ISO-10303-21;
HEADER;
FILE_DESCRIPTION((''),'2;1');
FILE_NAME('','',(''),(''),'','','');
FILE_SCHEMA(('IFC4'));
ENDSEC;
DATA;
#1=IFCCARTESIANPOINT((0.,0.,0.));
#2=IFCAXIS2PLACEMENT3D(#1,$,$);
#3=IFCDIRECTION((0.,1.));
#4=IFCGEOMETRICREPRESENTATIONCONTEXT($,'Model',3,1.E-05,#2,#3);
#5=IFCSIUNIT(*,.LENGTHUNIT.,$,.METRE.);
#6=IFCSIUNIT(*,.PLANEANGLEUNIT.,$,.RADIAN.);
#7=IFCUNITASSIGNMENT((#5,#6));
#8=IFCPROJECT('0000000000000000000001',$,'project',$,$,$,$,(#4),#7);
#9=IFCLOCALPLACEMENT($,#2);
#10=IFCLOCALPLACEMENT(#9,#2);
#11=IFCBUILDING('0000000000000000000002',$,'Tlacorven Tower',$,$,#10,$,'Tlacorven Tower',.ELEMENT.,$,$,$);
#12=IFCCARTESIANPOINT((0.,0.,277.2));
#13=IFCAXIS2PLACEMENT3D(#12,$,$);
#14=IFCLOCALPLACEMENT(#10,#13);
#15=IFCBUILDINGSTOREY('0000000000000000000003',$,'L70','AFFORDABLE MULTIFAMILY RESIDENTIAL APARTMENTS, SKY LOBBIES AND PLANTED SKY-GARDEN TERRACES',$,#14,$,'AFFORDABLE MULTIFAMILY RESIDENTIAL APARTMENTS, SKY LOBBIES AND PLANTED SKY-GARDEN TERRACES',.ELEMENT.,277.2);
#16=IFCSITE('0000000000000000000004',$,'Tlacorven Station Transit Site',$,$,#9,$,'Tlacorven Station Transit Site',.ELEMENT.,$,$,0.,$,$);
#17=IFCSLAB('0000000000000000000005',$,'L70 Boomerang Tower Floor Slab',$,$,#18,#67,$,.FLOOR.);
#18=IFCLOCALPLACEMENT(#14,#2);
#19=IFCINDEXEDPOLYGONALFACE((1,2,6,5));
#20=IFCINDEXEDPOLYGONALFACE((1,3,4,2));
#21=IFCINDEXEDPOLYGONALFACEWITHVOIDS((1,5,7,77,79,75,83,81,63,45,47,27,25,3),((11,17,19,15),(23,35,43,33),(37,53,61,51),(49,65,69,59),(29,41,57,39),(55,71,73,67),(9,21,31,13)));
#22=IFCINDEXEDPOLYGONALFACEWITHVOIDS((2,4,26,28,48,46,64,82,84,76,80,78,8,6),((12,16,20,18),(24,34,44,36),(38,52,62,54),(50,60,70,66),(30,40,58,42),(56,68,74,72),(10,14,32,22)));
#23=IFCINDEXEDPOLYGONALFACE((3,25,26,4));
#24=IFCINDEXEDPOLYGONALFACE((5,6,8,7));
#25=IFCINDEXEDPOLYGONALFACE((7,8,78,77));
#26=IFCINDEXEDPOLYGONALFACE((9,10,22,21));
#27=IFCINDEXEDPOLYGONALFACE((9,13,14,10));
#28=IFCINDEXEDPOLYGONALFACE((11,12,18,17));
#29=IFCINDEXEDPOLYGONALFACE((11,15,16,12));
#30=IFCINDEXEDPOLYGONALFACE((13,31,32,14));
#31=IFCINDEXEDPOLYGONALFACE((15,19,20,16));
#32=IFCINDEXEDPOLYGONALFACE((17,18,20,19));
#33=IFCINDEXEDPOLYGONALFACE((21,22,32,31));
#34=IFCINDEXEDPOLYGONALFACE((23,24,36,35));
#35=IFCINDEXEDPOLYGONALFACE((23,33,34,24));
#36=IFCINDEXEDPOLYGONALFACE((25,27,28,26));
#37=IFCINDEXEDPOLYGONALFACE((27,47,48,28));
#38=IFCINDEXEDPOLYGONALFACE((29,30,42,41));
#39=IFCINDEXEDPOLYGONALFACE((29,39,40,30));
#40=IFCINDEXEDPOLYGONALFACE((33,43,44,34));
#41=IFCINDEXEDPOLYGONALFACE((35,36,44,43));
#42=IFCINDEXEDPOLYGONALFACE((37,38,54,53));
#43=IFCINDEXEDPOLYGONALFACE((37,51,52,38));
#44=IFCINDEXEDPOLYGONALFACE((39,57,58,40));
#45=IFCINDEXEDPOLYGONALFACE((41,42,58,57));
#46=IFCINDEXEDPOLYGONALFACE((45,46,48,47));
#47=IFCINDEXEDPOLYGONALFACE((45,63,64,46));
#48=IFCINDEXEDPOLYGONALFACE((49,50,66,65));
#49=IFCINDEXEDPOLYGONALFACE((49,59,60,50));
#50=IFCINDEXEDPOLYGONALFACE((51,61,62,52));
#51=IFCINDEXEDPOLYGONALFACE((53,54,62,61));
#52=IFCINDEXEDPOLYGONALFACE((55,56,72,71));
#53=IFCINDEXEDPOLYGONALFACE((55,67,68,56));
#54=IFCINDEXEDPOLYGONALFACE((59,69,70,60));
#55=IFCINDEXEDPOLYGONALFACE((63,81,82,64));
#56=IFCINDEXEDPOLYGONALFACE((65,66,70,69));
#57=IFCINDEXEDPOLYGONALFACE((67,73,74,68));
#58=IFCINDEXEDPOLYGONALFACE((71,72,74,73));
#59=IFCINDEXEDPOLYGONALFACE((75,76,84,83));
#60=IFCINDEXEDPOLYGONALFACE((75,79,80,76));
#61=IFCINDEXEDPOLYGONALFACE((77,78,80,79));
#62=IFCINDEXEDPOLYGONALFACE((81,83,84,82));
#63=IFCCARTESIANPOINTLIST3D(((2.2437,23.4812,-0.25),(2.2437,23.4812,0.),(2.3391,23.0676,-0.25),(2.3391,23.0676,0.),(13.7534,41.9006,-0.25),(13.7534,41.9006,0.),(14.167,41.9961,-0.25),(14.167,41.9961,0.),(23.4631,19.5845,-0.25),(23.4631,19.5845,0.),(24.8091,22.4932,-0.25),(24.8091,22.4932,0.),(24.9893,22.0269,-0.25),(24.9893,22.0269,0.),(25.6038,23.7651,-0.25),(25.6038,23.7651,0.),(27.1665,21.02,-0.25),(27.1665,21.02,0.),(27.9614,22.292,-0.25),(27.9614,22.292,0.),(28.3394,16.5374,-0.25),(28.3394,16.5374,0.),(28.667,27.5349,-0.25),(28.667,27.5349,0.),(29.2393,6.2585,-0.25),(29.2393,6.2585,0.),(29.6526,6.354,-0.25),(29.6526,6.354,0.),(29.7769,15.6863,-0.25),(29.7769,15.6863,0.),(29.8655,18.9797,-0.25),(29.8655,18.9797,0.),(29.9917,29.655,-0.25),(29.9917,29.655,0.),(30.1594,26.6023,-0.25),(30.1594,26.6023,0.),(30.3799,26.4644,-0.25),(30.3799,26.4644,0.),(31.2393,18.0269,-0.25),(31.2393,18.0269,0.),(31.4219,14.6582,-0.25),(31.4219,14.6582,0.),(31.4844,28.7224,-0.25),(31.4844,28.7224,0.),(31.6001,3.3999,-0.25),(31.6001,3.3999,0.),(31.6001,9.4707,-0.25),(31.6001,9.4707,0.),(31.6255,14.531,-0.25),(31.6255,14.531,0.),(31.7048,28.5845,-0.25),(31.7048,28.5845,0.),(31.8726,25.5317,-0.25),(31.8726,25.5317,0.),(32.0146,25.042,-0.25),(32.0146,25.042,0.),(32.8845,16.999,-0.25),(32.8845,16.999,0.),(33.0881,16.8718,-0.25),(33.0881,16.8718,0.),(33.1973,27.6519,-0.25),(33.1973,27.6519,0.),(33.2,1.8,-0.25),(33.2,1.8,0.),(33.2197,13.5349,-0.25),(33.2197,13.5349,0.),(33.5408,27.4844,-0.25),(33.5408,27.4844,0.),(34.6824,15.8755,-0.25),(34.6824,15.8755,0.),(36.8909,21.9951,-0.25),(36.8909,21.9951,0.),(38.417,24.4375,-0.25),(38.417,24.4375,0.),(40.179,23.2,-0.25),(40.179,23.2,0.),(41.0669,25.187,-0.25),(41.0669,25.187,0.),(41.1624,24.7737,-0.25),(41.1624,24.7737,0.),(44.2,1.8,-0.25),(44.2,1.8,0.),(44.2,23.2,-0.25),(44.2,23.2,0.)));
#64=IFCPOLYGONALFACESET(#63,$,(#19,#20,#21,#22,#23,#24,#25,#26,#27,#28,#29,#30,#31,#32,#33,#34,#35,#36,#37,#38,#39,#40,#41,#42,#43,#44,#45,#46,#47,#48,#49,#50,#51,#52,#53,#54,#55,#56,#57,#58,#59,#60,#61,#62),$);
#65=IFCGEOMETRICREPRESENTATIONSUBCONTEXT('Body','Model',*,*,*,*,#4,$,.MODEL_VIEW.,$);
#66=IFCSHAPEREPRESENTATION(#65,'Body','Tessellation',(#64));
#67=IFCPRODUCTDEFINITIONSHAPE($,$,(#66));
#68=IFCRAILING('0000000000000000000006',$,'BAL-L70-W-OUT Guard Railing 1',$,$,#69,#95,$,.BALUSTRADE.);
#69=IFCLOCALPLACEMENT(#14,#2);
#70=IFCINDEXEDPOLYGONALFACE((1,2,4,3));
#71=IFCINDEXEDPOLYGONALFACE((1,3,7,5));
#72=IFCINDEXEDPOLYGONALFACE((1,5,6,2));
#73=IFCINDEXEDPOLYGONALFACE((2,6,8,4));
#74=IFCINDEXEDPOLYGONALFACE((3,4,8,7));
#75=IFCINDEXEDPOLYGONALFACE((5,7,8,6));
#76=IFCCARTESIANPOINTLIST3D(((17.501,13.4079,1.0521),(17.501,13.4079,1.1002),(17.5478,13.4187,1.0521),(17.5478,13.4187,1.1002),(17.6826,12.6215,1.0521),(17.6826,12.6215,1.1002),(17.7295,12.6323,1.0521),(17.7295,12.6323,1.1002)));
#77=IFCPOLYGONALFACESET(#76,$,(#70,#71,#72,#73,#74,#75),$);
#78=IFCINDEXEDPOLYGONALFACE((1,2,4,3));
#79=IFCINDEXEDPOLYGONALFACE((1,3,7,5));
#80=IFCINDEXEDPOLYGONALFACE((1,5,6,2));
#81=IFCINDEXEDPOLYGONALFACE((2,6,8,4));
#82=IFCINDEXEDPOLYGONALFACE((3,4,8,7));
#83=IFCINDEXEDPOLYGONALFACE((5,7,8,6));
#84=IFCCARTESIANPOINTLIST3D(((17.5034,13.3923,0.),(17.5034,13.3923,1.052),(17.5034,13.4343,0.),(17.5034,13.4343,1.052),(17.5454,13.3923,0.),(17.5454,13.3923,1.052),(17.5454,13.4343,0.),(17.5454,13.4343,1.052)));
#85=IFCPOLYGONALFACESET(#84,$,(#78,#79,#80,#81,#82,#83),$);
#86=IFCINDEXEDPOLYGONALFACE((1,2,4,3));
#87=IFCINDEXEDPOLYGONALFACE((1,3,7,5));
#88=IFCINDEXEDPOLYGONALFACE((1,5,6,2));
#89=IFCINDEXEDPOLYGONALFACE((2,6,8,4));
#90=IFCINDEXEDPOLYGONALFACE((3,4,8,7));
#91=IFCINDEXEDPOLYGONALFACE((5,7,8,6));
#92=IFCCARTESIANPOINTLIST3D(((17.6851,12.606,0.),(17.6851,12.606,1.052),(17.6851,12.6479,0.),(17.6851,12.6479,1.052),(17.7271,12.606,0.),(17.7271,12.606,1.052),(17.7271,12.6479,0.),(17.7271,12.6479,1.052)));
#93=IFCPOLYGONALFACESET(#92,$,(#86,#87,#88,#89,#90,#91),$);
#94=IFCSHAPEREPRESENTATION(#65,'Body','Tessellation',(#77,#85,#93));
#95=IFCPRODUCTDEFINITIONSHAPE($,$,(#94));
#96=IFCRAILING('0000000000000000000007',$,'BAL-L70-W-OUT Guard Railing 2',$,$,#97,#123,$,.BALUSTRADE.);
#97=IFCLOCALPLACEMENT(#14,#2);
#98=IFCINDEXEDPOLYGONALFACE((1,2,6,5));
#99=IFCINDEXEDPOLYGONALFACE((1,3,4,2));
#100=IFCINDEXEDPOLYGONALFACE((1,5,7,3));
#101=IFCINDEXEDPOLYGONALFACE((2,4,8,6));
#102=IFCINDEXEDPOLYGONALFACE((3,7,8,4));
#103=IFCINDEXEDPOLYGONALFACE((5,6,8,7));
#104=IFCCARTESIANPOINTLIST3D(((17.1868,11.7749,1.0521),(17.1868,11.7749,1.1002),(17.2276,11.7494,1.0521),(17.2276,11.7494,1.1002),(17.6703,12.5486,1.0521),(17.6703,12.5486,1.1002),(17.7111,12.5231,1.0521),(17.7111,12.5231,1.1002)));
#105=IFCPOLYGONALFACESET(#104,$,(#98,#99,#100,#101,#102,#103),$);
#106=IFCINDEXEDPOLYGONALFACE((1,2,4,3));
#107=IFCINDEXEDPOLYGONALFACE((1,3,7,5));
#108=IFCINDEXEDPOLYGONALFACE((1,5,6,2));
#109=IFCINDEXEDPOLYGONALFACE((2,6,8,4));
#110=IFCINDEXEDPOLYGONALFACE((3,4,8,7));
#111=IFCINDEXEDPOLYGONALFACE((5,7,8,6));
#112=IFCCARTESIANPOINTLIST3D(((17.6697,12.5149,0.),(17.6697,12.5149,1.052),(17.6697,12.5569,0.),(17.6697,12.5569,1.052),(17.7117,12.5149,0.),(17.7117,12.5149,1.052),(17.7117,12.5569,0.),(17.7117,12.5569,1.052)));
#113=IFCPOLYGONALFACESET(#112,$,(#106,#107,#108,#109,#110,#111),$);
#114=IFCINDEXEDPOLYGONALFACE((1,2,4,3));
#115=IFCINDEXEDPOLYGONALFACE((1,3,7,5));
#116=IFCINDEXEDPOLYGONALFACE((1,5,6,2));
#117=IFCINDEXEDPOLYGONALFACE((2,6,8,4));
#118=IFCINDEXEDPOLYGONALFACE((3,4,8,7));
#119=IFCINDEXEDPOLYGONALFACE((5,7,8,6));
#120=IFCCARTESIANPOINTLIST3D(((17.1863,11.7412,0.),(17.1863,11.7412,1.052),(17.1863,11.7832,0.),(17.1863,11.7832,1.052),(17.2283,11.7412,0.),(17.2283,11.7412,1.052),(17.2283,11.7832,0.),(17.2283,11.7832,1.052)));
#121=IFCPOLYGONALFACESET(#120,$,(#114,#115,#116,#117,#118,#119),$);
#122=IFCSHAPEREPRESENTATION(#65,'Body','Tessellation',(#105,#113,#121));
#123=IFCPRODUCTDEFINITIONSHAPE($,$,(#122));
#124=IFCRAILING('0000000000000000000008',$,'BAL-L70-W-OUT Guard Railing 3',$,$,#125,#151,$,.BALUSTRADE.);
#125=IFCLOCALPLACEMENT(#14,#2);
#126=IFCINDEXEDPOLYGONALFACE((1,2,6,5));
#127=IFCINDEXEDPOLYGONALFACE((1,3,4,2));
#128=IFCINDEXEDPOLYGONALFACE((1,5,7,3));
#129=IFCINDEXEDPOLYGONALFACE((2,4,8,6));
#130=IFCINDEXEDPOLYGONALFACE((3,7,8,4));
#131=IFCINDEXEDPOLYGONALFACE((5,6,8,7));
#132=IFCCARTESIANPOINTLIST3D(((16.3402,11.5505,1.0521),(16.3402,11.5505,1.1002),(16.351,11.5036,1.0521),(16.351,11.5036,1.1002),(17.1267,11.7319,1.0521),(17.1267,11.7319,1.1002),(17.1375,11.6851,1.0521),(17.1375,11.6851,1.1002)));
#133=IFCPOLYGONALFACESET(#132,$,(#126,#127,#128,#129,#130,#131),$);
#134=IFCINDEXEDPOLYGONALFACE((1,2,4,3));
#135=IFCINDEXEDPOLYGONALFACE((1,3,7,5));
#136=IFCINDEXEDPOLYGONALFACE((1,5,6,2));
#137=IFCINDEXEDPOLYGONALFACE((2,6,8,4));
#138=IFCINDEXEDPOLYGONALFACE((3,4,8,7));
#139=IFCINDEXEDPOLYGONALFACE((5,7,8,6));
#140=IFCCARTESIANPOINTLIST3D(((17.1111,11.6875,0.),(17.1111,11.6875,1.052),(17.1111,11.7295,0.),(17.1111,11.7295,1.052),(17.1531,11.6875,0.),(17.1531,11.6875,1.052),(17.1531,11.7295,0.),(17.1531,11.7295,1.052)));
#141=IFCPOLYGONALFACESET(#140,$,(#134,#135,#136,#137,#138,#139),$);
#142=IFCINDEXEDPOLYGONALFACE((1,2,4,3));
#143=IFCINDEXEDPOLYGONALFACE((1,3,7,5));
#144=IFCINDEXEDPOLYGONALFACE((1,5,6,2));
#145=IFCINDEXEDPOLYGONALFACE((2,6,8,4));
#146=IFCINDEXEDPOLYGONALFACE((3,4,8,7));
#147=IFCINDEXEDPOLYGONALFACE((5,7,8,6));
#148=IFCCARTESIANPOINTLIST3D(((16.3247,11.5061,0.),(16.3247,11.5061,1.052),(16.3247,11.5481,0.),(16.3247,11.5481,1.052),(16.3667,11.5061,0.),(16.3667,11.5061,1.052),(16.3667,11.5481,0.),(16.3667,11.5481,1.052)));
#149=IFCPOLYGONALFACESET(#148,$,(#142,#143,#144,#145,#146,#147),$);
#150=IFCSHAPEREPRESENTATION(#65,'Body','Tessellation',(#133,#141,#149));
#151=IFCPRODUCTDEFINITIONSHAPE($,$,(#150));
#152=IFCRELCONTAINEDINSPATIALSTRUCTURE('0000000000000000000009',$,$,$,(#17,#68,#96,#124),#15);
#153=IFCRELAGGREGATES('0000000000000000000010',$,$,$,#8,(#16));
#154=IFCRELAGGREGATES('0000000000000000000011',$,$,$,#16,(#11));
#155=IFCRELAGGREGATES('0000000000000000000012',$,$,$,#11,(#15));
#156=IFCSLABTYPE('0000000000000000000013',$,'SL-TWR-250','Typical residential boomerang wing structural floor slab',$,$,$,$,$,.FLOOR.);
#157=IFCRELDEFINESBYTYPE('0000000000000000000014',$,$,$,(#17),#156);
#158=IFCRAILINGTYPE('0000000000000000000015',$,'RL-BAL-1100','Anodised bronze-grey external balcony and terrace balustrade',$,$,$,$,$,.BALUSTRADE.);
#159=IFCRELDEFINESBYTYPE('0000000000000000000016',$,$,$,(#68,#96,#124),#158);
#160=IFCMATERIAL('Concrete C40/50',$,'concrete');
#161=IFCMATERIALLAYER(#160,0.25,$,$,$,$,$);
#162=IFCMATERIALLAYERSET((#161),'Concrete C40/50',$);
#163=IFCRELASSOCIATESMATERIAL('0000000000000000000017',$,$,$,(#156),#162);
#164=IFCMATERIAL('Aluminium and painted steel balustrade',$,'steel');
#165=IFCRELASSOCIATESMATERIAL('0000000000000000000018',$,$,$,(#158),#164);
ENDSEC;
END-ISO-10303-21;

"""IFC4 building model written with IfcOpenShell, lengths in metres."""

from ifc_helpers import new_model, si_unit, direction, frame, origin, origin_2d, place, context, subcontext, project, spatial, polyline, rectangle, outline, extrude, source, transform, mapped, material, layer, layer_set, type_object, element, save


model = new_model("IFC4")

# Units and contexts
model_context = context("Model", 3, precision=1e-05, world=origin(), true_north=direction((0.0, 1.0)))
body_context = subcontext(model_context, "Body", "Model", "MODEL_VIEW")
ifc_project = project(units=[si_unit("LENGTHUNIT", "METRE"), si_unit("PLANEANGLEUNIT", "RADIAN")], contexts=[model_context])

# Site, building, storey
site_placement = place(None, origin())
site = spatial("IfcSite", under=ifc_project, at=site_placement, Name="Tlacorven Station Transit Site", LongName="Tlacorven Station Transit Site", CompositionType="ELEMENT", RefElevation=0.0)
building_placement = place(site_placement, origin())
building = spatial("IfcBuilding", under=site, at=building_placement, Name="Tlacorven Tower", LongName="Tlacorven Tower", CompositionType="ELEMENT")
storey_placement = place(building_placement, frame((0.0, 0.0, 277.2)))
storey = spatial("IfcBuildingStorey", under=building, at=storey_placement, Name="L70", Description="AFFORDABLE MULTIFAMILY RESIDENTIAL APARTMENTS, SKY LOBBIES AND PLANTED SKY-GARDEN TERRACES", LongName="AFFORDABLE MULTIFAMILY RESIDENTIAL APARTMENTS, SKY LOBBIES AND PLANTED SKY-GARDEN TERRACES", CompositionType="ELEMENT", Elevation=277.2)

# Shared definitions
ifc_material_1 = material(Name="Concrete C40/50", Category="concrete")

# Slab
ifc_layer_1 = layer(ifc_material_1, 0.25)
ifc_layer_set_1 = layer_set([ifc_layer_1], Name="Concrete C40/50")
slab_type_1 = type_object("IfcSlabType", Name="SL-TWR-250", Description="Typical residential boomerang wing structural floor slab", PredefinedType="FLOOR", material=ifc_layer_set_1)
slab_1_placement = place(storey_placement, frame((0.0, 0.0, -0.25)))
element("IfcSlab", 1, at=slab_1_placement, inside=storey, type_object=slab_type_1, Name="L70 Boomerang Tower Floor Slab", PredefinedType="FLOOR", context=body_context, shape_type="SweptSolid", body=[
    extrude(outline(polyline([(44.2, 23.2), (44.2, 1.8), (33.2, 1.8), (31.6001, 3.3999), (31.6001, 9.4707), (29.6526, 6.354), (29.2393, 6.2585), (2.3391, 23.0676), (2.2437, 23.4812), (13.7534, 41.9006), (14.167, 41.9961), (41.0669, 25.187), (41.1624, 24.7737), (40.179, 23.2), (44.2, 23.2)]), holes=[polyline([(29.8655, 18.9797), (24.9893, 22.0269), (23.4631, 19.5845), (28.3394, 16.5374), (29.8655, 18.9797)]), polyline([(38.417, 24.4375), (33.5408, 27.4844), (32.0146, 25.042), (36.8909, 21.9951), (38.417, 24.4375)]), polyline([(34.6824, 15.8755), (33.0881, 16.8718), (31.6255, 14.531), (33.2197, 13.5349), (34.6824, 15.8755)]), polyline([(32.8845, 16.999), (31.2393, 18.0269), (29.7769, 15.6863), (31.4219, 14.6582), (32.8845, 16.999)]), polyline([(33.1973, 27.6519), (31.7048, 28.5845), (30.3799, 26.4644), (31.8726, 25.5317), (33.1973, 27.6519)]), polyline([(31.4844, 28.7224), (29.9917, 29.655), (28.667, 27.5349), (30.1594, 26.6023), (31.4844, 28.7224)]), polyline([(27.9614, 22.292), (25.6038, 23.7651), (24.8091, 22.4932), (27.1665, 21.02), (27.9614, 22.292)])]), origin(), (0.0, 0.0, 1.0), 0.25),
])

# Railings
ifc_material_2 = material(Name="Aluminium and painted steel balustrade", Category="steel")
railing_type = type_object("IfcRailingType", Name="RL-BAL-1100", Description="Anodised bronze-grey external balcony and terrace balustrade", PredefinedType="BALUSTRADE", material=ifc_material_2)
shared_shape_1 = source(origin(), body_context, "Body", "SweptSolid", [
    extrude(rectangle(XDim=0.0481, YDim=0.0481, at=origin_2d()), frame((0.0, 0.0, 1.0762), z_axis=(0.225058, -0.974345, 0.0), x_axis=(0.974345, 0.225058, 0.0)), (0.0, 0.0, 1.0), 0.8071),
    extrude(rectangle(XDim=0.042, YDim=0.042, at=origin_2d()), origin(), (0.0, 0.0, 1.0), 1.052),
    extrude(rectangle(XDim=0.042, YDim=0.042, at=origin_2d()), frame((0.1816, -0.7864, 0.0)), (0.0, 0.0, 1.0), 1.052),
])
railing_1_placement = place(storey_placement, frame((17.5244, 13.4133, 0.0)))
element("IfcRailing", 2, at=railing_1_placement, inside=storey, type_object=railing_type, Name="BAL-L70-W-OUT Guard Railing 1", PredefinedType="BALUSTRADE", context=body_context, shape_type="MappedRepresentation", body=[
    mapped(shared_shape_1, transform((0.0, 0.0, 0.0), scale=1.0)),
])
shared_shape_2 = source(origin(), body_context, "Body", "SweptSolid", [
    extrude(rectangle(XDim=0.0481, YDim=0.0481, at=origin_2d()), frame((0.0, 0.0, 1.0762), z_axis=(-0.529879, -0.848073, 0.0), x_axis=(0.848073, -0.529879, 0.0)), (0.0, 0.0, 1.0), 0.9124),
    extrude(rectangle(XDim=0.042, YDim=0.042, at=origin_2d()), origin(), (0.0, 0.0, 1.0), 1.052),
    extrude(rectangle(XDim=0.042, YDim=0.042, at=origin_2d()), frame((-0.4834, -0.7737, 0.0)), (0.0, 0.0, 1.0), 1.052),
])
railing_2_placement = place(storey_placement, frame((17.6907, 12.5359, 0.0)))
element("IfcRailing", 3, at=railing_2_placement, inside=storey, type_object=railing_type, Name="BAL-L70-W-OUT Guard Railing 2", PredefinedType="BALUSTRADE", context=body_context, shape_type="MappedRepresentation", body=[
    mapped(shared_shape_2, transform((0.0, 0.0, 0.0), scale=1.0)),
])
shared_shape_3 = source(origin(), body_context, "Body", "SweptSolid", [
    extrude(rectangle(XDim=0.0481, YDim=0.0481, at=origin_2d()), frame((0.0, 0.0, 1.0762), z_axis=(-0.974412, -0.224771, 0.0), x_axis=(0.224771, -0.974412, 0.0)), (0.0, 0.0, 1.0), 0.8071),
    extrude(rectangle(XDim=0.042, YDim=0.042, at=origin_2d()), origin(), (0.0, 0.0, 1.0), 1.052),
    extrude(rectangle(XDim=0.042, YDim=0.042, at=origin_2d()), frame((-0.7864, -0.1814, 0.0)), (0.0, 0.0, 1.0), 1.052),
])
railing_3_placement = place(storey_placement, frame((17.1321, 11.7085, 0.0)))
element("IfcRailing", 4, at=railing_3_placement, inside=storey, type_object=railing_type, Name="BAL-L70-W-OUT Guard Railing 3", PredefinedType="BALUSTRADE", context=body_context, shape_type="MappedRepresentation", body=[
    mapped(shared_shape_3, transform((0.0, 0.0, 0.0), scale=1.0)),
])

save(model, "model.ifc")
